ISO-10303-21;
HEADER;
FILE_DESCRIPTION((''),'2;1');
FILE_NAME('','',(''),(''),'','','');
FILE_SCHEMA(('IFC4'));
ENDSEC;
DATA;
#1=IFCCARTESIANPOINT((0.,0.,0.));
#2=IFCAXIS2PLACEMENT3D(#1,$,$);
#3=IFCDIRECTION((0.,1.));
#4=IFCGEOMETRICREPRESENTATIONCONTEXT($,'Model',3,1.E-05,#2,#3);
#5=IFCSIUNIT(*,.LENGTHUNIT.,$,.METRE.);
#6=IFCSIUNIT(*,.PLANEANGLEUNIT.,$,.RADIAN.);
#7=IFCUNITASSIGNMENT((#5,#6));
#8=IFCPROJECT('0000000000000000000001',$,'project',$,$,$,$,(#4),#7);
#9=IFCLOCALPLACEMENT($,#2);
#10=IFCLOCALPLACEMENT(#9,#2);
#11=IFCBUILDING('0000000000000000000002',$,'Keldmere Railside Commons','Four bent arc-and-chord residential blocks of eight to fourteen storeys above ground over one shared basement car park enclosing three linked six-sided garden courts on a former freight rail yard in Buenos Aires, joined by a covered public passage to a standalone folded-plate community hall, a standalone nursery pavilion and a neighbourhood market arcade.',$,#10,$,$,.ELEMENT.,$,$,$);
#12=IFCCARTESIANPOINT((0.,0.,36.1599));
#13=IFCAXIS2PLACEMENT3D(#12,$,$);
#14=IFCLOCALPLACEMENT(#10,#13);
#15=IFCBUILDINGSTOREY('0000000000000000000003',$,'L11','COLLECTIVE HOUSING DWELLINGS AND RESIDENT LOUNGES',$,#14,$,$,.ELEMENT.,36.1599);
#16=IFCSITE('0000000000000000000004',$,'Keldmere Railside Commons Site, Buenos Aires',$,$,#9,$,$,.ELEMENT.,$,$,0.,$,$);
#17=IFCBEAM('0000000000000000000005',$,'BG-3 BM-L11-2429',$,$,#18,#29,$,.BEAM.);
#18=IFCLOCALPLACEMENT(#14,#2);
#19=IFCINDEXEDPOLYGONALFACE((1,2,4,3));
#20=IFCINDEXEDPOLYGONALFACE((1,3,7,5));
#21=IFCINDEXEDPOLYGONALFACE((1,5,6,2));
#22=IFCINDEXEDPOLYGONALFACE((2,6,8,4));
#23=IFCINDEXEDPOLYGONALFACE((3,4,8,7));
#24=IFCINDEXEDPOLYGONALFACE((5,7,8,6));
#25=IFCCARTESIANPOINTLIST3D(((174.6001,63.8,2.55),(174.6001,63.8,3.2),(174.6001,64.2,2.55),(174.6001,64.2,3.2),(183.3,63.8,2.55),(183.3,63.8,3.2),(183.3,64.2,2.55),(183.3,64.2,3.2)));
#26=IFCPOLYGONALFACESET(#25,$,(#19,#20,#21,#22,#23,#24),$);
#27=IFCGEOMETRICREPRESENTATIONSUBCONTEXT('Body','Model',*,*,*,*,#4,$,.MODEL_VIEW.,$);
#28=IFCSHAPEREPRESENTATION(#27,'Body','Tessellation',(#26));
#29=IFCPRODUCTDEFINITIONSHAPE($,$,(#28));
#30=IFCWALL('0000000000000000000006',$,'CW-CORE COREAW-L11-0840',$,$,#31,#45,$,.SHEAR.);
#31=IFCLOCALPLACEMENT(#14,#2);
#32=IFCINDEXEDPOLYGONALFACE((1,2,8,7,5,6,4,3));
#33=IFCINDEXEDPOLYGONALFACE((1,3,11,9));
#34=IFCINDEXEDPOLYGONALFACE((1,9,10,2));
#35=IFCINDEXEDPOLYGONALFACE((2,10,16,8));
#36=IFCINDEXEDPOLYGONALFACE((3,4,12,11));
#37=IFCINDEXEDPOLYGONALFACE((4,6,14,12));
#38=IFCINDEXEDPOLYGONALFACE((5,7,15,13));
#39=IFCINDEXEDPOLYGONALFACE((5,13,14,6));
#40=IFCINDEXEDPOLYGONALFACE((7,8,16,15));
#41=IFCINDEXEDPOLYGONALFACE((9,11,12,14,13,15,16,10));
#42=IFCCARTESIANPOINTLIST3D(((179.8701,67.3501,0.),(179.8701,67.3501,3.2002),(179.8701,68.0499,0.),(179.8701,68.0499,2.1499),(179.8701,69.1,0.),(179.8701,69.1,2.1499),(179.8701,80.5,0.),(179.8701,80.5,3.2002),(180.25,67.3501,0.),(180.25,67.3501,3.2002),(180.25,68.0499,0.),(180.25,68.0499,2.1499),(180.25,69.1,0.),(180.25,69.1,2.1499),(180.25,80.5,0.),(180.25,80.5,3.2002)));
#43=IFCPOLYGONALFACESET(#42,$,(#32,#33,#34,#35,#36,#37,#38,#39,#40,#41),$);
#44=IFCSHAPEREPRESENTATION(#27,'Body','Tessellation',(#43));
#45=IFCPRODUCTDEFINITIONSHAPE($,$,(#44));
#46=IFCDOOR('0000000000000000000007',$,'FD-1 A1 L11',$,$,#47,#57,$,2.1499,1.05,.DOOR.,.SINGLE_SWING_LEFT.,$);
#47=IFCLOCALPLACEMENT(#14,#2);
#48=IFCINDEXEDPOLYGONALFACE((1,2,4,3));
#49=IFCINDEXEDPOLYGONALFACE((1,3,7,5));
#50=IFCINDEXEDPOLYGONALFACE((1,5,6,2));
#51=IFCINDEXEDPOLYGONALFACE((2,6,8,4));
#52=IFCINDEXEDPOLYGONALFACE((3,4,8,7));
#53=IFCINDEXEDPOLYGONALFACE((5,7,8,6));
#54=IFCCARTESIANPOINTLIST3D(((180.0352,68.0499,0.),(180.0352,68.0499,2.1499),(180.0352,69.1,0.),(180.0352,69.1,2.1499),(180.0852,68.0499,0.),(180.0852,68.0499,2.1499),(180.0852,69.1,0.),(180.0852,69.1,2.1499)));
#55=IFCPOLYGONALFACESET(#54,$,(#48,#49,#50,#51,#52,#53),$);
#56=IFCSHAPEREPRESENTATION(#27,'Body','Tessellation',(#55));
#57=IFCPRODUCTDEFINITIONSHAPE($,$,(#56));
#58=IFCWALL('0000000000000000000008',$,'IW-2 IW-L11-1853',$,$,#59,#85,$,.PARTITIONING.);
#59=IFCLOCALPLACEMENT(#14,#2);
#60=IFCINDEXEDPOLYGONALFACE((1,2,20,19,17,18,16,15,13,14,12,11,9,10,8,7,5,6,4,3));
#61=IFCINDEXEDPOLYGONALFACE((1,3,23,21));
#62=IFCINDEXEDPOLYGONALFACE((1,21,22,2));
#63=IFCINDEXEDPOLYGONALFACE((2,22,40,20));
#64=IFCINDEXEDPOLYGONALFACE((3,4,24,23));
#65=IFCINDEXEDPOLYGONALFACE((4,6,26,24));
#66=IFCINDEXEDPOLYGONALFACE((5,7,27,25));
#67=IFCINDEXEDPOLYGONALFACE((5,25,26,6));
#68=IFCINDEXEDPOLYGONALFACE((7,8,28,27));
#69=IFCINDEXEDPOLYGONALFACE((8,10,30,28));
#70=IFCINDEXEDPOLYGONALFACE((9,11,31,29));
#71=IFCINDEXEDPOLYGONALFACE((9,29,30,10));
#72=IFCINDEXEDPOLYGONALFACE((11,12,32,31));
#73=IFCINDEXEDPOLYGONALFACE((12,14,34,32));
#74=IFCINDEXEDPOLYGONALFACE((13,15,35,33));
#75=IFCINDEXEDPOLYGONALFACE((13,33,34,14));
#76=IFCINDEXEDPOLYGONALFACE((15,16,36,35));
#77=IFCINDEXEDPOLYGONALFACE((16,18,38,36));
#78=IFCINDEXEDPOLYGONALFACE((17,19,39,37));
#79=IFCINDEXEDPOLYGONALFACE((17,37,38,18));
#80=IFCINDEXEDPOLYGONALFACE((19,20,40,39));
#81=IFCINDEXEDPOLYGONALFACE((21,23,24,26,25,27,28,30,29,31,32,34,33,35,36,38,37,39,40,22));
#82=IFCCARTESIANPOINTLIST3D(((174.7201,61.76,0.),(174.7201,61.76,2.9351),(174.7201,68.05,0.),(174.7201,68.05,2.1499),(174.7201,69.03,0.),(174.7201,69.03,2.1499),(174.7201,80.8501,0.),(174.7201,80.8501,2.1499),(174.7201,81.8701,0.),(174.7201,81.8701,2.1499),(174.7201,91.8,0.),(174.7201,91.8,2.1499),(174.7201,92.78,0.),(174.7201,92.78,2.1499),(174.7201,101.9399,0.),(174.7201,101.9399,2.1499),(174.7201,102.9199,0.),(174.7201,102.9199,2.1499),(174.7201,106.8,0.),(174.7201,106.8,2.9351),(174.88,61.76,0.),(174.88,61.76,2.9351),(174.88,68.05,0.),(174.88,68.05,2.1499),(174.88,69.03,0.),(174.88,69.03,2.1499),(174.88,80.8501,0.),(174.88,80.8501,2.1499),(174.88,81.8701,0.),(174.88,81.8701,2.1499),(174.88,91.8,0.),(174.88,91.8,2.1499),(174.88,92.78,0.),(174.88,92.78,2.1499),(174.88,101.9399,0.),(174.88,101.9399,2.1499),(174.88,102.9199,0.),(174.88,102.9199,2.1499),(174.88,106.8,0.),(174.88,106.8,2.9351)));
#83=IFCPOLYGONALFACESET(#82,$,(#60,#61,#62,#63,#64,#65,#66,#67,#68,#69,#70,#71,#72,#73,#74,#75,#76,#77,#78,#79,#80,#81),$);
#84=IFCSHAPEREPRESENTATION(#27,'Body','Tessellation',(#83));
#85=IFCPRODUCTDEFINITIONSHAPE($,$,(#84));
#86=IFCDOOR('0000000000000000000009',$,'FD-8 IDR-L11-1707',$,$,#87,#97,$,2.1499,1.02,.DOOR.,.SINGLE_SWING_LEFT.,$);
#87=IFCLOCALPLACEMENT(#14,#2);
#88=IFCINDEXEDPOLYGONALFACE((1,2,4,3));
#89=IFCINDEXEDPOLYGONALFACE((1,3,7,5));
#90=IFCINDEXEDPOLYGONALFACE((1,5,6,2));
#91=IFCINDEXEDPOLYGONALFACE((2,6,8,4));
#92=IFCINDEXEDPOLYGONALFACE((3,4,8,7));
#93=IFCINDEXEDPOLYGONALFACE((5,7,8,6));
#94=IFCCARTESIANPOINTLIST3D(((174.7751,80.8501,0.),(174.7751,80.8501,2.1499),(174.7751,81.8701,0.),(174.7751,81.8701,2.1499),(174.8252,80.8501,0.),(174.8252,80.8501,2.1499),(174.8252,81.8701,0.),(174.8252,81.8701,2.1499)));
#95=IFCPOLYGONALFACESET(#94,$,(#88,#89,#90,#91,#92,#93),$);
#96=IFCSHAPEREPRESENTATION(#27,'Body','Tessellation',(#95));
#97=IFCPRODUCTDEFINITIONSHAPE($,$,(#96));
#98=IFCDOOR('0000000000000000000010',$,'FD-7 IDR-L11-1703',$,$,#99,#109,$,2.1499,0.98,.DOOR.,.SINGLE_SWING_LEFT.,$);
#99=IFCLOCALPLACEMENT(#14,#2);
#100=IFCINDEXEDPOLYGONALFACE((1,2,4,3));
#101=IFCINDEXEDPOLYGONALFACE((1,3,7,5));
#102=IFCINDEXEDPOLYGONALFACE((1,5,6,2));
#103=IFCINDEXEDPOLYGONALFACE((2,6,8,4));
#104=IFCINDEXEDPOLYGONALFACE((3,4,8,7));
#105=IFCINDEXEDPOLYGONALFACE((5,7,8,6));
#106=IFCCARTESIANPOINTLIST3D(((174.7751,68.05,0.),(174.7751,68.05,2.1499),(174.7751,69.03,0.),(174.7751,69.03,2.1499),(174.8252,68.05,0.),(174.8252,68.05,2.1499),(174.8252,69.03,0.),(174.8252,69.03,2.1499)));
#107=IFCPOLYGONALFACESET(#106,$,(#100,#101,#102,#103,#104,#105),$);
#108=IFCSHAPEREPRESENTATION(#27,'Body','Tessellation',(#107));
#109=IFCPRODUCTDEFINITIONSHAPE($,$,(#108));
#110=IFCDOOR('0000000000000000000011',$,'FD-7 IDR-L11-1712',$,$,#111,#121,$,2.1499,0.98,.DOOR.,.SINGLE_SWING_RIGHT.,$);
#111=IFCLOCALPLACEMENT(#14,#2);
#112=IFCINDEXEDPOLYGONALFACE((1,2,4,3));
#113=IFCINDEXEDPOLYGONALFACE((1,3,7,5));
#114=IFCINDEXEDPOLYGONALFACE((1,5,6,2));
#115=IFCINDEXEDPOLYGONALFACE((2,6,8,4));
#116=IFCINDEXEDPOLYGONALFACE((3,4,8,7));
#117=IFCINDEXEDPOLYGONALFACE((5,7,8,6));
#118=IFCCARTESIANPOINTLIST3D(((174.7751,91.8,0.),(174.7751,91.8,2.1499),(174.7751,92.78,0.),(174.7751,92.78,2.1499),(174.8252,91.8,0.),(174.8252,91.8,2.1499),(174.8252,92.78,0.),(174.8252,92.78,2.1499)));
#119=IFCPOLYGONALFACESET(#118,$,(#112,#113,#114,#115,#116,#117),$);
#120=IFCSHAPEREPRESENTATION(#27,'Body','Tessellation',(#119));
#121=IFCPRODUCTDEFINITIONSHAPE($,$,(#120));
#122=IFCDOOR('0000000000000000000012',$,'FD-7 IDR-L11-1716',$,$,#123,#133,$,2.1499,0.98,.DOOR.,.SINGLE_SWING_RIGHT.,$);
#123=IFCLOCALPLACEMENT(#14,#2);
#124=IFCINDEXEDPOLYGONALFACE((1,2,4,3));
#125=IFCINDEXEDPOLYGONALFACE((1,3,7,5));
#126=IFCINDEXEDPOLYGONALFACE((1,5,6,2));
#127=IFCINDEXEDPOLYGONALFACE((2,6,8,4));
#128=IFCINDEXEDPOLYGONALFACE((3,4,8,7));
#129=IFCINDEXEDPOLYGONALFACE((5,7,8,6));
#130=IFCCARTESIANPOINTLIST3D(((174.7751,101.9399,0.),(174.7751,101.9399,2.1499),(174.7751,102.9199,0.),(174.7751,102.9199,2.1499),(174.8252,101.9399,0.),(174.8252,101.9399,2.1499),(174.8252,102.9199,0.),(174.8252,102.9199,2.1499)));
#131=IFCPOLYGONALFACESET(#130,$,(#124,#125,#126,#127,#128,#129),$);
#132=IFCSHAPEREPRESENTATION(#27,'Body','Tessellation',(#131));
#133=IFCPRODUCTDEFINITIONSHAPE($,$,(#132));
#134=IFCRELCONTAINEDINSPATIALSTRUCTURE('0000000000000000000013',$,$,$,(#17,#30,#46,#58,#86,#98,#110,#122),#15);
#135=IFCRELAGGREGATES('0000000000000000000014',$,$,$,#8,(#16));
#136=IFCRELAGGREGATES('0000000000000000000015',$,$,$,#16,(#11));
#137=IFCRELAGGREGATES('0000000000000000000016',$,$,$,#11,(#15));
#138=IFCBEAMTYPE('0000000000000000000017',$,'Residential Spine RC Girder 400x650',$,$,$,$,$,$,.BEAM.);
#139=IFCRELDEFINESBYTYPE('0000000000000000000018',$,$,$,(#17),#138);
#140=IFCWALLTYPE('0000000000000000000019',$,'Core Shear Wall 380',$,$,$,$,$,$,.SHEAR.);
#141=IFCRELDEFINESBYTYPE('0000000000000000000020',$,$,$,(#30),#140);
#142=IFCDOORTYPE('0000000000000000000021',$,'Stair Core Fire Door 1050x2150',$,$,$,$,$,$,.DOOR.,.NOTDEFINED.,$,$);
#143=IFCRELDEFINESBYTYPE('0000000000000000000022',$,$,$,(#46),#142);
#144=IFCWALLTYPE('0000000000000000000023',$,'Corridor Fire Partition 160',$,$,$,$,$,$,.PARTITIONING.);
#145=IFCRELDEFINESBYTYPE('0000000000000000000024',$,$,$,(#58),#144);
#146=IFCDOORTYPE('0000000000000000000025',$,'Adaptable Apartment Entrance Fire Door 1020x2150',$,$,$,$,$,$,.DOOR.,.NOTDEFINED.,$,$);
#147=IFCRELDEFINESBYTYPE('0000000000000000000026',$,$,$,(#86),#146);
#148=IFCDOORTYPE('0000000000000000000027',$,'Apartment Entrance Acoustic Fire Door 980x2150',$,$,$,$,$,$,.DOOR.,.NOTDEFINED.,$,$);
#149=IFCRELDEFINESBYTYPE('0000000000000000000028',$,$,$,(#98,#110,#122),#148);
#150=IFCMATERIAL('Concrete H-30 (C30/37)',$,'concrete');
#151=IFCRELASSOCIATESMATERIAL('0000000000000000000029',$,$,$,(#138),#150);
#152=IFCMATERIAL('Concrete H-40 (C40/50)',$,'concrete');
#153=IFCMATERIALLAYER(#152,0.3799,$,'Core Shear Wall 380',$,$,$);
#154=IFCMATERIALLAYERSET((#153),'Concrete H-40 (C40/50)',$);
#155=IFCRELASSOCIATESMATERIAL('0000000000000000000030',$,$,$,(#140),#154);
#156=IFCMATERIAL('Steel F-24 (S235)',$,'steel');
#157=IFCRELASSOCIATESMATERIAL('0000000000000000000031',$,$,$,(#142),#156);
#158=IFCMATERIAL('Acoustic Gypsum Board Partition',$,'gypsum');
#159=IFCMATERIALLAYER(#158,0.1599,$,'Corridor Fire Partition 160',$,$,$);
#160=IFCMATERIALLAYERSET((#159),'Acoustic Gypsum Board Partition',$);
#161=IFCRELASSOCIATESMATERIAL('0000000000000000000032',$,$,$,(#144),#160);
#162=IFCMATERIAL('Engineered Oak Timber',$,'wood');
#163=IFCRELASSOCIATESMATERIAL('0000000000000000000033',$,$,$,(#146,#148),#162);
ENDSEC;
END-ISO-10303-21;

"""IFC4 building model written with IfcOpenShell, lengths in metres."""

from ifc_helpers import new_model, si_unit, direction, frame, frame_2d, origin, origin_2d, place, context, subcontext, project, spatial, rectangle, extrude, material, layer, layer_set, material_profile, profile_set, type_object, element, fill, save


model = new_model("IFC4")

# Units and contexts
model_context = context("Model", 3, precision=1e-05, world=origin(), true_north=direction((0.0, 1.0)))
body_context = subcontext(model_context, "Body", "Model", "MODEL_VIEW")
ifc_project = project(units=[si_unit("LENGTHUNIT", "METRE"), si_unit("PLANEANGLEUNIT", "RADIAN")], contexts=[model_context])

# Site, building, storey
site_placement = place(None, origin())
site = spatial("IfcSite", under=ifc_project, at=site_placement, Name="Keldmere Railside Commons Site, Buenos Aires", CompositionType="ELEMENT", RefElevation=0.0)
building_placement = place(site_placement, origin())
building = spatial("IfcBuilding", under=site, at=building_placement, Name="Keldmere Railside Commons", Description="Four bent arc-and-chord residential blocks of eight to fourteen storeys above ground over one shared basement car park enclosing three linked six-sided garden courts on a former freight rail yard in Buenos Aires, joined by a covered public passage to a standalone folded-plate community hall, a standalone nursery pavilion and a neighbourhood market arcade.", CompositionType="ELEMENT")
storey_placement = place(building_placement, frame((0.0, 0.0, 36.1599)))
storey = spatial("IfcBuildingStorey", under=building, at=storey_placement, Name="L11", Description="COLLECTIVE HOUSING DWELLINGS AND RESIDENT LOUNGES", CompositionType="ELEMENT", Elevation=36.1599)

# Beam
ifc_material_1 = material(Name="Concrete H-30 (C30/37)", Category="concrete")
ifc_material_profile = material_profile(ifc_material_1, rectangle(XDim=0.3999, YDim=0.6499, at=origin_2d()), Name="RC-400x650")
ifc_profile_set = profile_set([ifc_material_profile], Name="Concrete H-30 (C30/37)")
beam_type = type_object("IfcBeamType", Name="Residential Spine RC Girder 400x650", PredefinedType="BEAM", material=ifc_profile_set)
beam_placement = place(storey_placement, frame((174.6001, 64.0, 2.875), z_axis=(1.0, 0.0, 0.0), x_axis=(0.0, 1.0, 0.0)))
element("IfcBeam", 1, at=beam_placement, inside=storey, type_object=beam_type, Name="BG-3 BM-L11-2429", PredefinedType="BEAM", context=body_context, shape_type="SweptSolid", body=[
    extrude(rectangle(XDim=0.3999, YDim=0.6499, at=origin_2d()), origin(), (0.0, 0.0, 1.0), 8.7),
])

# Wall, opening, door
ifc_material_2 = material(Name="Concrete H-40 (C40/50)", Category="concrete")
ifc_layer_1 = layer(ifc_material_2, 0.3799, Name="Core Shear Wall 380")
ifc_layer_set_1 = layer_set([ifc_layer_1], Name="Concrete H-40 (C40/50)")
wall_type_1 = type_object("IfcWallType", Name="Core Shear Wall 380", PredefinedType="SHEAR", material=ifc_layer_set_1)
wall_1_placement = place(storey_placement, frame((180.0601, 67.3501, 0.0), z_axis=(0.0, 0.0, 1.0), x_axis=(0.0, 1.0, 0.0)))
wall_1 = element("IfcWall", 2, at=wall_1_placement, inside=storey, type_object=wall_type_1, Name="CW-CORE COREAW-L11-0840", PredefinedType="SHEAR", context=body_context, shape_type="SweptSolid", body=[
    extrude(rectangle(XDim=13.1499, YDim=0.3799, at=frame_2d((6.575, 0.0))), origin(), (0.0, 0.0, 1.0), 3.2002),
])
opening_1_placement = place(wall_1_placement, frame((0.7, 0.0, 0.0)))
opening_1 = element("IfcOpeningElement", 3, at=opening_1_placement, cuts=wall_1, PredefinedType="OPENING", context=body_context, shape_type="SweptSolid", body=[
    extrude(rectangle(XDim=1.05, YDim=2.1499, at=frame_2d((0.5249, 1.075))), frame((0.0, 0.2, 0.0), z_axis=(0.0, -1.0, 0.0), x_axis=(1.0, 0.0, 0.0)), (0.0, 0.0, 1.0), 0.3999),
])
ifc_material_3 = material(Name="Steel F-24 (S235)", Category="steel")
door_type_1 = type_object("IfcDoorType", Name="Stair Core Fire Door 1050x2150", OperationType="NOTDEFINED", PredefinedType="DOOR", material=ifc_material_3)
door_1_placement = place(opening_1_placement, origin())
door_1 = element("IfcDoor", 4, at=door_1_placement, inside=storey, type_object=door_type_1, Name="FD-1 A1 L11", OperationType="SINGLE_SWING_LEFT", OverallHeight=2.1499, OverallWidth=1.05, PredefinedType="DOOR", context=body_context, shape_type="SweptSolid", body=[
    extrude(rectangle(XDim=1.05, YDim=2.1499, at=frame_2d((0.5249, 1.075))), frame((0.0, 0.0249, 0.0), z_axis=(0.0, -1.0, 0.0), x_axis=(1.0, 0.0, 0.0)), (0.0, 0.0, 1.0), 0.05),
])
fill(opening_1, door_1)

# Wall, openings, doors
ifc_material_4 = material(Name="Acoustic Gypsum Board Partition", Category="gypsum")
ifc_layer_2 = layer(ifc_material_4, 0.1599, Name="Corridor Fire Partition 160")
ifc_layer_set_2 = layer_set([ifc_layer_2], Name="Acoustic Gypsum Board Partition")
wall_type_2 = type_object("IfcWallType", Name="Corridor Fire Partition 160", PredefinedType="PARTITIONING", material=ifc_layer_set_2)
wall_2_placement = place(storey_placement, frame((174.8, 61.76, 0.0), z_axis=(0.0, 0.0, 1.0), x_axis=(0.0, 1.0, 0.0)))
wall_2 = element("IfcWall", 5, at=wall_2_placement, inside=storey, type_object=wall_type_2, Name="IW-2 IW-L11-1853", PredefinedType="PARTITIONING", context=body_context, shape_type="SweptSolid", body=[
    extrude(rectangle(XDim=45.04, YDim=0.1599, at=frame_2d((22.52, 0.0))), origin(), (0.0, 0.0, 1.0), 2.9351),
])
opening_2_placement = place(wall_2_placement, frame((6.29, 0.0, 0.0)))
opening_2 = element("IfcOpeningElement", 6, at=opening_2_placement, cuts=wall_2, PredefinedType="OPENING", context=body_context, shape_type="SweptSolid", body=[
    extrude(rectangle(XDim=0.98, YDim=2.1499, at=frame_2d((0.49, 1.075))), frame((0.0, 0.0898, 0.0), z_axis=(0.0, -1.0, 0.0), x_axis=(1.0, 0.0, 0.0)), (0.0, 0.0, 1.0), 0.1799),
])
opening_3_placement = place(wall_2_placement, frame((19.0901, 0.0, 0.0)))
opening_3 = element("IfcOpeningElement", 7, at=opening_3_placement, cuts=wall_2, PredefinedType="OPENING", context=body_context, shape_type="SweptSolid", body=[
    extrude(rectangle(XDim=1.02, YDim=2.1499, at=frame_2d((0.51, 1.075))), frame((0.0, 0.0898, 0.0), z_axis=(0.0, -1.0, 0.0), x_axis=(1.0, 0.0, 0.0)), (0.0, 0.0, 1.0), 0.1799),
])
opening_4_placement = place(wall_2_placement, frame((30.04, 0.0, 0.0)))
opening_4 = element("IfcOpeningElement", 8, at=opening_4_placement, cuts=wall_2, PredefinedType="OPENING", context=body_context, shape_type="SweptSolid", body=[
    extrude(rectangle(XDim=0.98, YDim=2.1499, at=frame_2d((0.49, 1.075))), frame((0.0, 0.0898, 0.0), z_axis=(0.0, -1.0, 0.0), x_axis=(1.0, 0.0, 0.0)), (0.0, 0.0, 1.0), 0.1799),
])
opening_5_placement = place(wall_2_placement, frame((40.1799, 0.0, 0.0)))
opening_5 = element("IfcOpeningElement", 9, at=opening_5_placement, cuts=wall_2, PredefinedType="OPENING", context=body_context, shape_type="SweptSolid", body=[
    extrude(rectangle(XDim=0.98, YDim=2.1499, at=frame_2d((0.49, 1.075))), frame((0.0, 0.0898, 0.0), z_axis=(0.0, -1.0, 0.0), x_axis=(1.0, 0.0, 0.0)), (0.0, 0.0, 1.0), 0.1799),
])
ifc_material_5 = material(Name="Engineered Oak Timber", Category="wood")
door_type_2 = type_object("IfcDoorType", Name="Adaptable Apartment Entrance Fire Door 1020x2150", OperationType="NOTDEFINED", PredefinedType="DOOR", material=ifc_material_5)
door_2_placement = place(opening_3_placement, origin())
door_2 = element("IfcDoor", 10, at=door_2_placement, inside=storey, type_object=door_type_2, Name="FD-8 IDR-L11-1707", OperationType="SINGLE_SWING_LEFT", OverallHeight=2.1499, OverallWidth=1.02, PredefinedType="DOOR", context=body_context, shape_type="SweptSolid", body=[
    extrude(rectangle(XDim=1.02, YDim=2.1499, at=frame_2d((0.51, 1.075))), frame((0.0, 0.0249, 0.0), z_axis=(0.0, -1.0, 0.0), x_axis=(1.0, 0.0, 0.0)), (0.0, 0.0, 1.0), 0.05),
])
fill(opening_3, door_2)
door_type_3 = type_object("IfcDoorType", Name="Apartment Entrance Acoustic Fire Door 980x2150", OperationType="NOTDEFINED", PredefinedType="DOOR", material=ifc_material_5)
door_3_placement = place(opening_2_placement, origin())
door_3 = element("IfcDoor", 11, at=door_3_placement, inside=storey, type_object=door_type_3, Name="FD-7 IDR-L11-1703", OperationType="SINGLE_SWING_LEFT", OverallHeight=2.1499, OverallWidth=0.98, PredefinedType="DOOR", context=body_context, shape_type="SweptSolid", body=[
    extrude(rectangle(XDim=0.98, YDim=2.1499, at=frame_2d((0.49, 1.075))), frame((0.0, 0.0249, 0.0), z_axis=(0.0, -1.0, 0.0), x_axis=(1.0, 0.0, 0.0)), (0.0, 0.0, 1.0), 0.05),
])
fill(opening_2, door_3)
door_4_placement = place(opening_4_placement, origin())
door_4 = element("IfcDoor", 12, at=door_4_placement, inside=storey, type_object=door_type_3, Name="FD-7 IDR-L11-1712", OperationType="SINGLE_SWING_RIGHT", OverallHeight=2.1499, OverallWidth=0.98, PredefinedType="DOOR", context=body_context, shape_type="SweptSolid", body=[
    extrude(rectangle(XDim=0.98, YDim=2.1499, at=frame_2d((0.49, 1.075))), frame((0.0, 0.0249, 0.0), z_axis=(0.0, -1.0, 0.0), x_axis=(1.0, 0.0, 0.0)), (0.0, 0.0, 1.0), 0.05),
])
fill(opening_4, door_4)
door_5_placement = place(opening_5_placement, origin())
door_5 = element("IfcDoor", 13, at=door_5_placement, inside=storey, type_object=door_type_3, Name="FD-7 IDR-L11-1716", OperationType="SINGLE_SWING_RIGHT", OverallHeight=2.1499, OverallWidth=0.98, PredefinedType="DOOR", context=body_context, shape_type="SweptSolid", body=[
    extrude(rectangle(XDim=0.98, YDim=2.1499, at=frame_2d((0.49, 1.075))), frame((0.0, 0.0249, 0.0), z_axis=(0.0, -1.0, 0.0), x_axis=(1.0, 0.0, 0.0)), (0.0, 0.0, 1.0), 0.05),
])
fill(opening_5, door_5)

save(model, "model.ifc")
